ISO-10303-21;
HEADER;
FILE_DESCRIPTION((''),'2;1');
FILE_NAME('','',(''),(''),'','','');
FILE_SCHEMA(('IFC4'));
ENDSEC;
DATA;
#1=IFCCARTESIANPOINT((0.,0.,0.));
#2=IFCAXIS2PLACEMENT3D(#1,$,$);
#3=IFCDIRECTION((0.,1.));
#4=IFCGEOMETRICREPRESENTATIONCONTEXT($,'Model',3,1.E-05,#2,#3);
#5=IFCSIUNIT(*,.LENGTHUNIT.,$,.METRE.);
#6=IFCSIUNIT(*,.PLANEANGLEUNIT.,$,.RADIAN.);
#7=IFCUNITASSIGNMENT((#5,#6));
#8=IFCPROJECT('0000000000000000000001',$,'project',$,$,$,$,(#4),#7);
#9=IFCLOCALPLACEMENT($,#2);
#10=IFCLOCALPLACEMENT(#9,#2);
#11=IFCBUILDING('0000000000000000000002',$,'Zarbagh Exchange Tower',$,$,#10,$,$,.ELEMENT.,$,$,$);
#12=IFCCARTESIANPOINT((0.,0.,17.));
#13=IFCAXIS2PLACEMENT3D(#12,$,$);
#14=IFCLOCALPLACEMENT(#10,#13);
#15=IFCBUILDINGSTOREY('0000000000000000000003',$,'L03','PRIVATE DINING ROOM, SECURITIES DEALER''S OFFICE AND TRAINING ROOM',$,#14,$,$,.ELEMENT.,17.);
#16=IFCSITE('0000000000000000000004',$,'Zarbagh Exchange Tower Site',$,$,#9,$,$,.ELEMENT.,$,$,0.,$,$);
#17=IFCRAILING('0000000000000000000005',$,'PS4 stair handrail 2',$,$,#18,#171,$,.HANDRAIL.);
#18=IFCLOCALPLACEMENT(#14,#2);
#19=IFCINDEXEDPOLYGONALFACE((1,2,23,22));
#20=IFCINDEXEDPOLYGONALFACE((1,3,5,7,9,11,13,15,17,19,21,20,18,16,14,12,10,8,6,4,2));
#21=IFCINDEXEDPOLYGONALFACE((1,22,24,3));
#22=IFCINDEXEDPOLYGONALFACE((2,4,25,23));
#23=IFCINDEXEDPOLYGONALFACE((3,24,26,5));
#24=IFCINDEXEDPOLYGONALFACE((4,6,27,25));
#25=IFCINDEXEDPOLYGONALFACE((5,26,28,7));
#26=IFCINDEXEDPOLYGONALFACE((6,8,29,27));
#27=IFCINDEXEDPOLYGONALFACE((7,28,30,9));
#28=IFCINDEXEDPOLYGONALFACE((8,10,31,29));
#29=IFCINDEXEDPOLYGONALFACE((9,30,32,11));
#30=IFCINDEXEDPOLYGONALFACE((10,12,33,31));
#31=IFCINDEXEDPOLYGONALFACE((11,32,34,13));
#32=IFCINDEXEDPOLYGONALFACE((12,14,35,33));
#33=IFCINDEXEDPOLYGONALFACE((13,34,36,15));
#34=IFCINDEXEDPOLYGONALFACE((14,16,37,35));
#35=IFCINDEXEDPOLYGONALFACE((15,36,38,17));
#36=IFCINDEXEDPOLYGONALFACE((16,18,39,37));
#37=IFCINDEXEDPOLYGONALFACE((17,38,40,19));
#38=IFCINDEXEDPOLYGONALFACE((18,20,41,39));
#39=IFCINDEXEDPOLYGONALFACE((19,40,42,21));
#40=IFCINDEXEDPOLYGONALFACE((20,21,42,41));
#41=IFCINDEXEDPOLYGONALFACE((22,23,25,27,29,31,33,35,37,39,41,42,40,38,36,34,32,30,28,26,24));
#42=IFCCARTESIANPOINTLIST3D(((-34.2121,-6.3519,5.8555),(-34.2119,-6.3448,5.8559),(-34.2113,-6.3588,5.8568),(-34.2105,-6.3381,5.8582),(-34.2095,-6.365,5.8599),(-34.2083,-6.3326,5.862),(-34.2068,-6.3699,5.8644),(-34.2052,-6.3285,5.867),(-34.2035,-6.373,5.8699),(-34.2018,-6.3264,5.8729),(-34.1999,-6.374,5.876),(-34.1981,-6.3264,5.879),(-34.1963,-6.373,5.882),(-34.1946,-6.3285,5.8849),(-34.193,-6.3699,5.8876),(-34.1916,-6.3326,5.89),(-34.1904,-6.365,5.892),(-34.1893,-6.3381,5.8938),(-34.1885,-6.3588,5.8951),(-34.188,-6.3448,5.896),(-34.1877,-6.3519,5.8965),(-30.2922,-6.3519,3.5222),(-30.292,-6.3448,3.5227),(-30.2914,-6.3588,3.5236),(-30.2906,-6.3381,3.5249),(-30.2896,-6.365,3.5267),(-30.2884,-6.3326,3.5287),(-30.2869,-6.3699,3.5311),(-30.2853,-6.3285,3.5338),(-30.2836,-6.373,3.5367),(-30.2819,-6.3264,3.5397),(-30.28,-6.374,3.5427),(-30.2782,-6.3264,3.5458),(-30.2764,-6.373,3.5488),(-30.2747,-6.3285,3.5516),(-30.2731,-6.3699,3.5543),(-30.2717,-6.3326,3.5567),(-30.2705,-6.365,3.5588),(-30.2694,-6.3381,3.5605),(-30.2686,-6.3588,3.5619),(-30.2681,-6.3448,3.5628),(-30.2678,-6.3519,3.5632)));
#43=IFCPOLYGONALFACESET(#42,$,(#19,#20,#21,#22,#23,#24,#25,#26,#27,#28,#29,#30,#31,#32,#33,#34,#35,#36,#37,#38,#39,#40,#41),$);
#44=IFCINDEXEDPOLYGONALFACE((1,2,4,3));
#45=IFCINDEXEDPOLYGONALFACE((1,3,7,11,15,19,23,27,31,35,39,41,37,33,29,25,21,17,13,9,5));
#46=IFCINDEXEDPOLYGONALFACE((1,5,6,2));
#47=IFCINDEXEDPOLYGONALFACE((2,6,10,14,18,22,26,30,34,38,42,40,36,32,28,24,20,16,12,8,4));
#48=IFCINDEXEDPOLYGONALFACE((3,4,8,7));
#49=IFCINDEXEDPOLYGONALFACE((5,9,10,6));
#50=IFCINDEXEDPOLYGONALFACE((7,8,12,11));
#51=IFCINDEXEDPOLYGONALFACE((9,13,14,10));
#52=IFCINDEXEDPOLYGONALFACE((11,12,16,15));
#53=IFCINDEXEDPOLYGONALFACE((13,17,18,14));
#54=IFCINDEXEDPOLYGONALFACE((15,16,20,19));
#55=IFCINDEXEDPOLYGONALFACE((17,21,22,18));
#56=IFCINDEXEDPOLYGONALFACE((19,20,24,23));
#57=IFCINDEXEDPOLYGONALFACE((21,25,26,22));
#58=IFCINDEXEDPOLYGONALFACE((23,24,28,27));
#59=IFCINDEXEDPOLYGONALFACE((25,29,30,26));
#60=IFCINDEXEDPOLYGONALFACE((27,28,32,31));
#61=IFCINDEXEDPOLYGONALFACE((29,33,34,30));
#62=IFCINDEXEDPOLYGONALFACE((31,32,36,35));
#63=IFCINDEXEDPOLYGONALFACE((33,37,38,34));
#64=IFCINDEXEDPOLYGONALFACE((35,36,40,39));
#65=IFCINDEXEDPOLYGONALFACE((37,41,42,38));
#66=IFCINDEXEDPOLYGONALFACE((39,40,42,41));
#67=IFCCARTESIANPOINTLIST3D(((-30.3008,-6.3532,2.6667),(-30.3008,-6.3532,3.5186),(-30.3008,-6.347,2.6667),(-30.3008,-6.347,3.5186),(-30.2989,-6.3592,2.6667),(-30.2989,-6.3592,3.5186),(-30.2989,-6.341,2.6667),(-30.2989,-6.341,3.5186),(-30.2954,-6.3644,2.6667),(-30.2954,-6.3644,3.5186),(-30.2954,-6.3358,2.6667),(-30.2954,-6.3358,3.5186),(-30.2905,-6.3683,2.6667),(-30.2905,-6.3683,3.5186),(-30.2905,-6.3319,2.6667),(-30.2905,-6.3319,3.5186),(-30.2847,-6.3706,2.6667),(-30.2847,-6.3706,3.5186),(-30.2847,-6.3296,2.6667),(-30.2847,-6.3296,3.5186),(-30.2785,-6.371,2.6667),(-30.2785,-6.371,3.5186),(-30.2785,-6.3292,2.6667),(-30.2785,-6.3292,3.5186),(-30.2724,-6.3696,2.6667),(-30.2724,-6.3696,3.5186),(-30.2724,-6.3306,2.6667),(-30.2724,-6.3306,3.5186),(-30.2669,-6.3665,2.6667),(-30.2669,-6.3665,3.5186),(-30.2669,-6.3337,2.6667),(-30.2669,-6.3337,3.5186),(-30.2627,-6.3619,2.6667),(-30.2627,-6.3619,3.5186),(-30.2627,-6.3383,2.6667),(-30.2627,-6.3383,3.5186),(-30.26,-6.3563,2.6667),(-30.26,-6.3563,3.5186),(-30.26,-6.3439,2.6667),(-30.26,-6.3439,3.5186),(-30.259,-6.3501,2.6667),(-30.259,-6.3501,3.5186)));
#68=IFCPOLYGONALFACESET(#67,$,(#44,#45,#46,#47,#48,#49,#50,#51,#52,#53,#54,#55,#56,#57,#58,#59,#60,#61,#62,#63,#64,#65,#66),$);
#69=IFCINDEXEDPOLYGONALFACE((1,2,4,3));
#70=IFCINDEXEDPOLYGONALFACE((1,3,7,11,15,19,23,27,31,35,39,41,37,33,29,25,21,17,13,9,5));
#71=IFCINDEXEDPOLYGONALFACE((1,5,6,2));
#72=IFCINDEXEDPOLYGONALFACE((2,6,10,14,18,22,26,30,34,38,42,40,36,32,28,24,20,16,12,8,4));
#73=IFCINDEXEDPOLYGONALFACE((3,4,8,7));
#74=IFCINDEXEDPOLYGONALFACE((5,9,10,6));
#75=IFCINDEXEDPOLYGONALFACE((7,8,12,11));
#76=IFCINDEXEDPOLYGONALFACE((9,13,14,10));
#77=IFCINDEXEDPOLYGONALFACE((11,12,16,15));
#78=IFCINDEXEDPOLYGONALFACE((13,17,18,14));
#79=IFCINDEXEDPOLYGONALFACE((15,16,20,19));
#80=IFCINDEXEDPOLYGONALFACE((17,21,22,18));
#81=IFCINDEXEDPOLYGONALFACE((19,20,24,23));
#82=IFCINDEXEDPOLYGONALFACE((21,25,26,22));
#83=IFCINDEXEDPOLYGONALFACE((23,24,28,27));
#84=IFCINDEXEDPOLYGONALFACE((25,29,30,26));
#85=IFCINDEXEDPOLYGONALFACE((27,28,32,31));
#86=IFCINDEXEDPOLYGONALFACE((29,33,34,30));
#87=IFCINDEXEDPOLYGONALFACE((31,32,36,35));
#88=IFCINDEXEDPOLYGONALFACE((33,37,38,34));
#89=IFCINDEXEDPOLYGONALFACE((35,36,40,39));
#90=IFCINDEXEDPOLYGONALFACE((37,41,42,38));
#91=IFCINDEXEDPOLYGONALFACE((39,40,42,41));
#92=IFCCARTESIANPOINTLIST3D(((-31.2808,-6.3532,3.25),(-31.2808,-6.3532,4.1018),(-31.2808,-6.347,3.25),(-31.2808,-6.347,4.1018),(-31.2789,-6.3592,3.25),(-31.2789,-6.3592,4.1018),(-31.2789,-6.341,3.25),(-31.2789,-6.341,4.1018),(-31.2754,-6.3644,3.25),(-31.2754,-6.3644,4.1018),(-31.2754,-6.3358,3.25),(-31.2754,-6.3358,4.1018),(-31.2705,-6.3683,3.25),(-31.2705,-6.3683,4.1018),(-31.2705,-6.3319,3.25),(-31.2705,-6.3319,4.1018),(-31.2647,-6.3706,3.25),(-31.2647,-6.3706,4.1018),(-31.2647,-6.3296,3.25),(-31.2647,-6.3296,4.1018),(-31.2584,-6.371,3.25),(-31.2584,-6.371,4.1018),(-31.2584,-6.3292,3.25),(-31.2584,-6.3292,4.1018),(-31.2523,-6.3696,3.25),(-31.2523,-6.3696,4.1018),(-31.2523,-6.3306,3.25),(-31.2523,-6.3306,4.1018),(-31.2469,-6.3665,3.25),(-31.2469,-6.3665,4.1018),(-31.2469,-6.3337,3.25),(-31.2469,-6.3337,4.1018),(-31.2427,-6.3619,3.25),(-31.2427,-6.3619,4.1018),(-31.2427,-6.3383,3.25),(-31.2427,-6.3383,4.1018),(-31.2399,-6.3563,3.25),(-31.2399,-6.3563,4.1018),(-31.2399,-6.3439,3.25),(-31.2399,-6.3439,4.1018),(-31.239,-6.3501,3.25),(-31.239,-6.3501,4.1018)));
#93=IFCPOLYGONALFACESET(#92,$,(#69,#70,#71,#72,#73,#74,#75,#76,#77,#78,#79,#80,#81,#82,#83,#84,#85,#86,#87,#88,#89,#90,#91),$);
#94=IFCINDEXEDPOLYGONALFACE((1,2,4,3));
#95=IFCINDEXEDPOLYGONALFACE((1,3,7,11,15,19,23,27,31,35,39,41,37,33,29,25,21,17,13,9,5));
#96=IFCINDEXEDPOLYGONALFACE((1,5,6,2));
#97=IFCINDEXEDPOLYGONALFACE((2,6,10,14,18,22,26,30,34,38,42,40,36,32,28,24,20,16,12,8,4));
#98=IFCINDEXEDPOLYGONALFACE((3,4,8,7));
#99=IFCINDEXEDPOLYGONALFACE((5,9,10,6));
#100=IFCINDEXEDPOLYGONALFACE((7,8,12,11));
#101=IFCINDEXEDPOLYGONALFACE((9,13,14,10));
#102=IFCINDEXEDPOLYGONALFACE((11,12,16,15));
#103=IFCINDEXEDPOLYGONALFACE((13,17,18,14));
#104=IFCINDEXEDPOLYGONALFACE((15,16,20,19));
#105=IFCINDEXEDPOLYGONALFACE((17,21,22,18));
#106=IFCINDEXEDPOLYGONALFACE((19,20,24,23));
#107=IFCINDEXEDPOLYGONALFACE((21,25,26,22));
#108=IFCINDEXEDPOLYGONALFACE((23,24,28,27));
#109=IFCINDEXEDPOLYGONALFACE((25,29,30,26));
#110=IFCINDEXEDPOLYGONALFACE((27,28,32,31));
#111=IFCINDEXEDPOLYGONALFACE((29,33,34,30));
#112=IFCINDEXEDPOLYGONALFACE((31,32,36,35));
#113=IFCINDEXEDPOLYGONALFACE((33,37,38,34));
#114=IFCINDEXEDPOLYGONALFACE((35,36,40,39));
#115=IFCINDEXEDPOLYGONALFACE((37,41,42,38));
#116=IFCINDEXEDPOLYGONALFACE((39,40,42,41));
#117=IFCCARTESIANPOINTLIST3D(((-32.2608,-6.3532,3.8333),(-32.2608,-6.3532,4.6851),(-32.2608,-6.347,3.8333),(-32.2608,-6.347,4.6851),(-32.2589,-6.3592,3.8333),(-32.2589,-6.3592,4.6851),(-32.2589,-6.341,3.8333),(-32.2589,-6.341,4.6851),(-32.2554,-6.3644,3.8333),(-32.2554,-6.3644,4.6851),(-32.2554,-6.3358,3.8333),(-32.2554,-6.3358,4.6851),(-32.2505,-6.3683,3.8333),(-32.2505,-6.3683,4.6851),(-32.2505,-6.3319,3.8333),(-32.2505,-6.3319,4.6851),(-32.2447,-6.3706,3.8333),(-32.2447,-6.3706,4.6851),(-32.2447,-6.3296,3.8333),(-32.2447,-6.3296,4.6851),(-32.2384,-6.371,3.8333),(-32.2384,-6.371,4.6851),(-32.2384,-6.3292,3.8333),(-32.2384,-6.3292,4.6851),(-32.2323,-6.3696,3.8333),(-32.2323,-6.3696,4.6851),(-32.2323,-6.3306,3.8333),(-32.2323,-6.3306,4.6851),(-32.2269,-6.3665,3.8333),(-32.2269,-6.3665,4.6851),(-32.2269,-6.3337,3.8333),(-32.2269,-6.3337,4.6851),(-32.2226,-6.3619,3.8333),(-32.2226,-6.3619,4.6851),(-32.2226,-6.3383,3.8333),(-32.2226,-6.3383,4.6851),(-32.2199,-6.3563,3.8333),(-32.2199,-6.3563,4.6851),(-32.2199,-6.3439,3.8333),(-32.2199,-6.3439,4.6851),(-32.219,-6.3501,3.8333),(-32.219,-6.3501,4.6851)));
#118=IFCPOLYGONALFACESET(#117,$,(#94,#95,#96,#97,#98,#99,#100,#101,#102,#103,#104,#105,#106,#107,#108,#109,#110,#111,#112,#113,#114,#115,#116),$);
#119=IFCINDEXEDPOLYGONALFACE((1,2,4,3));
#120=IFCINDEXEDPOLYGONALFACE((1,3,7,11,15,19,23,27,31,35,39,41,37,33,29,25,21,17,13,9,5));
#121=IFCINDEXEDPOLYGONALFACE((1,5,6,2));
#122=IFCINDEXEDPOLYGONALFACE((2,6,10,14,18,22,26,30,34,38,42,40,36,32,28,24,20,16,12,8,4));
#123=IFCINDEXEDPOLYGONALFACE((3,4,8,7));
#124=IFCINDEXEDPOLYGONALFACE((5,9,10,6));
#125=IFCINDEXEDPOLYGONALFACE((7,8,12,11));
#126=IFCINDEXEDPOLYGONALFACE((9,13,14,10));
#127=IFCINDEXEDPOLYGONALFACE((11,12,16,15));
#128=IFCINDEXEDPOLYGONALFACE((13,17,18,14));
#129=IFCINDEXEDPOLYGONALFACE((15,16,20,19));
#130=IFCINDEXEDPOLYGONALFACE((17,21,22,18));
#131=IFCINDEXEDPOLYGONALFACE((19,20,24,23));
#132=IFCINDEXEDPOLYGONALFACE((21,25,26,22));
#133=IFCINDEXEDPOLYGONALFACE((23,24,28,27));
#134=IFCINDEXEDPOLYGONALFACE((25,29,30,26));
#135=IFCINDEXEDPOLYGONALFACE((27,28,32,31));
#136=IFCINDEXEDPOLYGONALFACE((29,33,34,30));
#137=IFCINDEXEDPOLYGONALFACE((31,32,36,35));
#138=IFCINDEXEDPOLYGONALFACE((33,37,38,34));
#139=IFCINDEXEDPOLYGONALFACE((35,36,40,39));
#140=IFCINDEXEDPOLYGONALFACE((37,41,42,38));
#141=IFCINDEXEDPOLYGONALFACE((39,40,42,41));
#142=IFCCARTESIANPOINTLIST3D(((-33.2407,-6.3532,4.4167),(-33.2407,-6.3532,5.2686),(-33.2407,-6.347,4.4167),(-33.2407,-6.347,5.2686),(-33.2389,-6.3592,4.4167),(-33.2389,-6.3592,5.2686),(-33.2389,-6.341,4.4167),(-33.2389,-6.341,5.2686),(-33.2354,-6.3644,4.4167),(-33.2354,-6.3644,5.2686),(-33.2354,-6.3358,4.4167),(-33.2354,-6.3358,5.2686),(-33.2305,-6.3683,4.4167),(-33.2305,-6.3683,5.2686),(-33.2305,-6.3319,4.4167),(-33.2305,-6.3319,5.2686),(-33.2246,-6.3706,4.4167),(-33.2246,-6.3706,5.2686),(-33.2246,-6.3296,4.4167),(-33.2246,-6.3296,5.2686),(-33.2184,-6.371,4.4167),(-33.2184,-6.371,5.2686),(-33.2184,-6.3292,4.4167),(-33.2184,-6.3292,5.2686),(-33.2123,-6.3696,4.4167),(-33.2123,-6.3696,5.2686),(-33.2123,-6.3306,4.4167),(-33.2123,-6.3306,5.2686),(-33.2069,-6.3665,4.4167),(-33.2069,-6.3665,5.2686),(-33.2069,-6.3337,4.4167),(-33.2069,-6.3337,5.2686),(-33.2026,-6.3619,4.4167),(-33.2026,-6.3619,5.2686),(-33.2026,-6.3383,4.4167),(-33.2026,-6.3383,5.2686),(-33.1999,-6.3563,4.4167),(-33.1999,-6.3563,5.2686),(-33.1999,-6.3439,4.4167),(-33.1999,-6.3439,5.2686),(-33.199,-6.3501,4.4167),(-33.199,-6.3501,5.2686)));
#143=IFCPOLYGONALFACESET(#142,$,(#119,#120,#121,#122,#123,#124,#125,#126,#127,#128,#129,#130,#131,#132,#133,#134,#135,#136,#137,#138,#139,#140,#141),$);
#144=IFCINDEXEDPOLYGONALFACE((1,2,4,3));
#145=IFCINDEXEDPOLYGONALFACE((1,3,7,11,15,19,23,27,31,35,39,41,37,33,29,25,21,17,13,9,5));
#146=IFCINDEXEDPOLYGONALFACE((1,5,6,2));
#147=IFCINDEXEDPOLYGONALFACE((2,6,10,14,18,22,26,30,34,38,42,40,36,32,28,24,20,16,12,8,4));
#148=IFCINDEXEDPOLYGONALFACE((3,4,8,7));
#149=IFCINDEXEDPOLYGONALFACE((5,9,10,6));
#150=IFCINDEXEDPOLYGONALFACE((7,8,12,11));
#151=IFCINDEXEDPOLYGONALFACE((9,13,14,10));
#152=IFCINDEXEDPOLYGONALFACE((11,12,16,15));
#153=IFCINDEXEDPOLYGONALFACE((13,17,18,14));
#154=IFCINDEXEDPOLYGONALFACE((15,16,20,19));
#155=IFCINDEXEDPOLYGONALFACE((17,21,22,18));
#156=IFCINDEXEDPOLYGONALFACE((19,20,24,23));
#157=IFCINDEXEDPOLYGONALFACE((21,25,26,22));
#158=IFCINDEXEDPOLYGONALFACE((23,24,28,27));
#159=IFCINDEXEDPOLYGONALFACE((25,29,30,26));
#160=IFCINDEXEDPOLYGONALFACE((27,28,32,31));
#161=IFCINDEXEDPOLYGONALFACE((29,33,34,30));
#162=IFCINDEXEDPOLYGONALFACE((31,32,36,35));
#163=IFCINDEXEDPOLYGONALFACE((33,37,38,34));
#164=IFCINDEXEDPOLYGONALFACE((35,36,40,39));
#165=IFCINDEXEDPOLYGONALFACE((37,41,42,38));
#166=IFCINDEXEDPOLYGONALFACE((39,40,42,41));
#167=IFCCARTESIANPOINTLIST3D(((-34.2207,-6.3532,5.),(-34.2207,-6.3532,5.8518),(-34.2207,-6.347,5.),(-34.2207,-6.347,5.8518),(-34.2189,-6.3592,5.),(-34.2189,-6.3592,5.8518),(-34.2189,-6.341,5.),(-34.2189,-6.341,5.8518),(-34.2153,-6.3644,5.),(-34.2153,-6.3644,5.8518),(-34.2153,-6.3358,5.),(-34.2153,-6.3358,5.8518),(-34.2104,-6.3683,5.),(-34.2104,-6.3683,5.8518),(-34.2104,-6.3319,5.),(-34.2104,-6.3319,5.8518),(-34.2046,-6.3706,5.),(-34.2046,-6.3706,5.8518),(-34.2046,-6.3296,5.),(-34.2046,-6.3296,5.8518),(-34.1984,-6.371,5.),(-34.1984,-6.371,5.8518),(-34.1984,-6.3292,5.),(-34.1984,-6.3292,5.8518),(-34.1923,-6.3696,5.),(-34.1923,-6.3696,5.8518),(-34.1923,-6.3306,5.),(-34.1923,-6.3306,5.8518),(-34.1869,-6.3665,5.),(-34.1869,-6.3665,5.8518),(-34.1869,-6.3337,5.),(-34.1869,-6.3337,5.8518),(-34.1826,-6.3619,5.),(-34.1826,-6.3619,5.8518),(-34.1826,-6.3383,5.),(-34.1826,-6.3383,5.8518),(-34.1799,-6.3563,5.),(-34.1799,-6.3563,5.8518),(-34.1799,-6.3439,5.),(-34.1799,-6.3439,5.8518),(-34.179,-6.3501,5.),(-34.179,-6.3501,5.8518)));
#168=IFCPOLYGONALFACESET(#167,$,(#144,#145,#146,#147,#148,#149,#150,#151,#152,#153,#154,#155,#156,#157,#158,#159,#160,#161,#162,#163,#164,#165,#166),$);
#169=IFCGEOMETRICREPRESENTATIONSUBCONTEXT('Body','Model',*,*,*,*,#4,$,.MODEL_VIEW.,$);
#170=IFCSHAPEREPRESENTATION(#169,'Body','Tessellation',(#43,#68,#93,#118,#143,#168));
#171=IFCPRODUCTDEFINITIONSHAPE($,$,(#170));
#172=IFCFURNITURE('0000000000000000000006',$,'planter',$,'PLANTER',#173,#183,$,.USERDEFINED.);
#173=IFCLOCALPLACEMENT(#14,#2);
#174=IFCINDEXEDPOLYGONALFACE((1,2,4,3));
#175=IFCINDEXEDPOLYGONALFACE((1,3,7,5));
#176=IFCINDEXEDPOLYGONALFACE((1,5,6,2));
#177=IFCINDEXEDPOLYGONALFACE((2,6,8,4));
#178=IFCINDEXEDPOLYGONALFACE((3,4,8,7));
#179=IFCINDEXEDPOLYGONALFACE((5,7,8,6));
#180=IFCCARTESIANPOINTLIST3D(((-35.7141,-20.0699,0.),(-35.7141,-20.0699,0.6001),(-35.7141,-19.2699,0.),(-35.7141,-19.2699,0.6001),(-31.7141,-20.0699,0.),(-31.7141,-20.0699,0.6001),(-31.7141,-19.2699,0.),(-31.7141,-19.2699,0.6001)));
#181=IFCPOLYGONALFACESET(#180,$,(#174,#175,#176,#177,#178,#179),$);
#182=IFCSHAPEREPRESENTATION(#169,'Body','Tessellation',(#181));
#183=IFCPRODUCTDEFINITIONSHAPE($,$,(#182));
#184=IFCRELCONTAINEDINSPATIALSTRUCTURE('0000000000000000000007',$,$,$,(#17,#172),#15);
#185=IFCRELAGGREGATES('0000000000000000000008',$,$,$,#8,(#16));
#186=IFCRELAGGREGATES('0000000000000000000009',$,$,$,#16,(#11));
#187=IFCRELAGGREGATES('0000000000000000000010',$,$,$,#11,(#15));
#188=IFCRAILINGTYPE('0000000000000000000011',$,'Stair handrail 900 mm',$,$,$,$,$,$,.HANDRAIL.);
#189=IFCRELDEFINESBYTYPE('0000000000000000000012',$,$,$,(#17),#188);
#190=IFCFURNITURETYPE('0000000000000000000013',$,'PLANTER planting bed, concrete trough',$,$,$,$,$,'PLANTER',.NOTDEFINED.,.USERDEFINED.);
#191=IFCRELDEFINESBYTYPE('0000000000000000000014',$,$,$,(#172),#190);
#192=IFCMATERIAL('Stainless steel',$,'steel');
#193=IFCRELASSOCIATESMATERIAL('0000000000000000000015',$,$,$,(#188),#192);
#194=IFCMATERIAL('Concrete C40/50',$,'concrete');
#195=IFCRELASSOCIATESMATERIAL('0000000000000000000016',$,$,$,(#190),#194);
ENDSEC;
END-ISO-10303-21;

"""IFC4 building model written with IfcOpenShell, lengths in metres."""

from ifc_helpers import new_model, si_unit, direction, frame, origin, origin_2d, place, context, subcontext, project, spatial, rectangle, circle, extrude, material, type_object, element, save


model = new_model("IFC4")

# Units and contexts
model_context = context("Model", 3, precision=1e-05, world=origin(), true_north=direction((0.0, 1.0)))
body_context = subcontext(model_context, "Body", "Model", "MODEL_VIEW")
ifc_project = project(units=[si_unit("LENGTHUNIT", "METRE"), si_unit("PLANEANGLEUNIT", "RADIAN")], contexts=[model_context])

# Site, building, storey
site_placement = place(None, origin())
site = spatial("IfcSite", under=ifc_project, at=site_placement, Name="Zarbagh Exchange Tower Site", CompositionType="ELEMENT", RefElevation=0.0)
building_placement = place(site_placement, origin())
building = spatial("IfcBuilding", under=site, at=building_placement, Name="Zarbagh Exchange Tower", CompositionType="ELEMENT")
storey_placement = place(building_placement, frame((0.0, 0.0, 17.0)))
storey = spatial("IfcBuildingStorey", under=building, at=storey_placement, Name="L03", Description="PRIVATE DINING ROOM, SECURITIES DEALER'S OFFICE AND TRAINING ROOM", CompositionType="ELEMENT", Elevation=17.0)

# Shared definitions
ifc_material_1 = material(Name="Concrete C40/50", Category="concrete")

# Railing
ifc_material_2 = material(Name="Stainless steel", Category="steel")
railing_type_1 = type_object("IfcRailingType", Name="Stair handrail 900 mm", PredefinedType="HANDRAIL", material=ifc_material_2)
railing_1_placement = place(storey_placement, frame((-30.28, -6.3501, 2.6667)))
element("IfcRailing", 1, at=railing_1_placement, inside=storey, type_object=railing_type_1, Name="PS4 stair handrail 2", PredefinedType="HANDRAIL", context=body_context, shape_type="SweptSolid", body=[
    extrude(circle(Radius=0.0239, at=origin_2d()), frame((0.0, 0.0, 0.876), z_axis=(-0.859296, 0.0, 0.511478), x_axis=(0.0, -1.0, 0.0)), (0.0, 0.0, 1.0), 4.5618),
    extrude(circle(Radius=0.021, at=origin_2d()), origin(), (0.0, 0.0, 1.0), 0.8518),
    extrude(circle(Radius=0.021, at=origin_2d()), frame((-0.98, 0.0, 0.5833)), (0.0, 0.0, 1.0), 0.8518),
    extrude(circle(Radius=0.021, at=origin_2d()), frame((-1.96, 0.0, 1.1665)), (0.0, 0.0, 1.0), 0.8518),
    extrude(circle(Radius=0.021, at=origin_2d()), frame((-2.9399, 0.0, 1.75)), (0.0, 0.0, 1.0), 0.8518),
    extrude(circle(Radius=0.021, at=origin_2d()), frame((-3.9199, 0.0, 2.3333)), (0.0, 0.0, 1.0), 0.8518),
])

# Furniture
furniture_type = type_object("IfcFurnitureType", Name="PLANTER planting bed, concrete trough", ElementType="PLANTER", AssemblyPlace="NOTDEFINED", PredefinedType="USERDEFINED", material=ifc_material_1)
furniture_placement = place(storey_placement, frame((-33.7141, -19.6699, 0.0), z_axis=(0.0, 0.0, 1.0), x_axis=(-1.0, 0.0, 0.0)))
element("IfcFurniture", 2, at=furniture_placement, inside=storey, type_object=furniture_type, Name="planter", ObjectType="PLANTER", PredefinedType="USERDEFINED", context=body_context, shape_type="SweptSolid", body=[
    extrude(rectangle(XDim=4.0, YDim=0.8, at=origin_2d()), origin(), (0.0, 0.0, 1.0), 0.6001),
])

save(model, "model.ifc")
